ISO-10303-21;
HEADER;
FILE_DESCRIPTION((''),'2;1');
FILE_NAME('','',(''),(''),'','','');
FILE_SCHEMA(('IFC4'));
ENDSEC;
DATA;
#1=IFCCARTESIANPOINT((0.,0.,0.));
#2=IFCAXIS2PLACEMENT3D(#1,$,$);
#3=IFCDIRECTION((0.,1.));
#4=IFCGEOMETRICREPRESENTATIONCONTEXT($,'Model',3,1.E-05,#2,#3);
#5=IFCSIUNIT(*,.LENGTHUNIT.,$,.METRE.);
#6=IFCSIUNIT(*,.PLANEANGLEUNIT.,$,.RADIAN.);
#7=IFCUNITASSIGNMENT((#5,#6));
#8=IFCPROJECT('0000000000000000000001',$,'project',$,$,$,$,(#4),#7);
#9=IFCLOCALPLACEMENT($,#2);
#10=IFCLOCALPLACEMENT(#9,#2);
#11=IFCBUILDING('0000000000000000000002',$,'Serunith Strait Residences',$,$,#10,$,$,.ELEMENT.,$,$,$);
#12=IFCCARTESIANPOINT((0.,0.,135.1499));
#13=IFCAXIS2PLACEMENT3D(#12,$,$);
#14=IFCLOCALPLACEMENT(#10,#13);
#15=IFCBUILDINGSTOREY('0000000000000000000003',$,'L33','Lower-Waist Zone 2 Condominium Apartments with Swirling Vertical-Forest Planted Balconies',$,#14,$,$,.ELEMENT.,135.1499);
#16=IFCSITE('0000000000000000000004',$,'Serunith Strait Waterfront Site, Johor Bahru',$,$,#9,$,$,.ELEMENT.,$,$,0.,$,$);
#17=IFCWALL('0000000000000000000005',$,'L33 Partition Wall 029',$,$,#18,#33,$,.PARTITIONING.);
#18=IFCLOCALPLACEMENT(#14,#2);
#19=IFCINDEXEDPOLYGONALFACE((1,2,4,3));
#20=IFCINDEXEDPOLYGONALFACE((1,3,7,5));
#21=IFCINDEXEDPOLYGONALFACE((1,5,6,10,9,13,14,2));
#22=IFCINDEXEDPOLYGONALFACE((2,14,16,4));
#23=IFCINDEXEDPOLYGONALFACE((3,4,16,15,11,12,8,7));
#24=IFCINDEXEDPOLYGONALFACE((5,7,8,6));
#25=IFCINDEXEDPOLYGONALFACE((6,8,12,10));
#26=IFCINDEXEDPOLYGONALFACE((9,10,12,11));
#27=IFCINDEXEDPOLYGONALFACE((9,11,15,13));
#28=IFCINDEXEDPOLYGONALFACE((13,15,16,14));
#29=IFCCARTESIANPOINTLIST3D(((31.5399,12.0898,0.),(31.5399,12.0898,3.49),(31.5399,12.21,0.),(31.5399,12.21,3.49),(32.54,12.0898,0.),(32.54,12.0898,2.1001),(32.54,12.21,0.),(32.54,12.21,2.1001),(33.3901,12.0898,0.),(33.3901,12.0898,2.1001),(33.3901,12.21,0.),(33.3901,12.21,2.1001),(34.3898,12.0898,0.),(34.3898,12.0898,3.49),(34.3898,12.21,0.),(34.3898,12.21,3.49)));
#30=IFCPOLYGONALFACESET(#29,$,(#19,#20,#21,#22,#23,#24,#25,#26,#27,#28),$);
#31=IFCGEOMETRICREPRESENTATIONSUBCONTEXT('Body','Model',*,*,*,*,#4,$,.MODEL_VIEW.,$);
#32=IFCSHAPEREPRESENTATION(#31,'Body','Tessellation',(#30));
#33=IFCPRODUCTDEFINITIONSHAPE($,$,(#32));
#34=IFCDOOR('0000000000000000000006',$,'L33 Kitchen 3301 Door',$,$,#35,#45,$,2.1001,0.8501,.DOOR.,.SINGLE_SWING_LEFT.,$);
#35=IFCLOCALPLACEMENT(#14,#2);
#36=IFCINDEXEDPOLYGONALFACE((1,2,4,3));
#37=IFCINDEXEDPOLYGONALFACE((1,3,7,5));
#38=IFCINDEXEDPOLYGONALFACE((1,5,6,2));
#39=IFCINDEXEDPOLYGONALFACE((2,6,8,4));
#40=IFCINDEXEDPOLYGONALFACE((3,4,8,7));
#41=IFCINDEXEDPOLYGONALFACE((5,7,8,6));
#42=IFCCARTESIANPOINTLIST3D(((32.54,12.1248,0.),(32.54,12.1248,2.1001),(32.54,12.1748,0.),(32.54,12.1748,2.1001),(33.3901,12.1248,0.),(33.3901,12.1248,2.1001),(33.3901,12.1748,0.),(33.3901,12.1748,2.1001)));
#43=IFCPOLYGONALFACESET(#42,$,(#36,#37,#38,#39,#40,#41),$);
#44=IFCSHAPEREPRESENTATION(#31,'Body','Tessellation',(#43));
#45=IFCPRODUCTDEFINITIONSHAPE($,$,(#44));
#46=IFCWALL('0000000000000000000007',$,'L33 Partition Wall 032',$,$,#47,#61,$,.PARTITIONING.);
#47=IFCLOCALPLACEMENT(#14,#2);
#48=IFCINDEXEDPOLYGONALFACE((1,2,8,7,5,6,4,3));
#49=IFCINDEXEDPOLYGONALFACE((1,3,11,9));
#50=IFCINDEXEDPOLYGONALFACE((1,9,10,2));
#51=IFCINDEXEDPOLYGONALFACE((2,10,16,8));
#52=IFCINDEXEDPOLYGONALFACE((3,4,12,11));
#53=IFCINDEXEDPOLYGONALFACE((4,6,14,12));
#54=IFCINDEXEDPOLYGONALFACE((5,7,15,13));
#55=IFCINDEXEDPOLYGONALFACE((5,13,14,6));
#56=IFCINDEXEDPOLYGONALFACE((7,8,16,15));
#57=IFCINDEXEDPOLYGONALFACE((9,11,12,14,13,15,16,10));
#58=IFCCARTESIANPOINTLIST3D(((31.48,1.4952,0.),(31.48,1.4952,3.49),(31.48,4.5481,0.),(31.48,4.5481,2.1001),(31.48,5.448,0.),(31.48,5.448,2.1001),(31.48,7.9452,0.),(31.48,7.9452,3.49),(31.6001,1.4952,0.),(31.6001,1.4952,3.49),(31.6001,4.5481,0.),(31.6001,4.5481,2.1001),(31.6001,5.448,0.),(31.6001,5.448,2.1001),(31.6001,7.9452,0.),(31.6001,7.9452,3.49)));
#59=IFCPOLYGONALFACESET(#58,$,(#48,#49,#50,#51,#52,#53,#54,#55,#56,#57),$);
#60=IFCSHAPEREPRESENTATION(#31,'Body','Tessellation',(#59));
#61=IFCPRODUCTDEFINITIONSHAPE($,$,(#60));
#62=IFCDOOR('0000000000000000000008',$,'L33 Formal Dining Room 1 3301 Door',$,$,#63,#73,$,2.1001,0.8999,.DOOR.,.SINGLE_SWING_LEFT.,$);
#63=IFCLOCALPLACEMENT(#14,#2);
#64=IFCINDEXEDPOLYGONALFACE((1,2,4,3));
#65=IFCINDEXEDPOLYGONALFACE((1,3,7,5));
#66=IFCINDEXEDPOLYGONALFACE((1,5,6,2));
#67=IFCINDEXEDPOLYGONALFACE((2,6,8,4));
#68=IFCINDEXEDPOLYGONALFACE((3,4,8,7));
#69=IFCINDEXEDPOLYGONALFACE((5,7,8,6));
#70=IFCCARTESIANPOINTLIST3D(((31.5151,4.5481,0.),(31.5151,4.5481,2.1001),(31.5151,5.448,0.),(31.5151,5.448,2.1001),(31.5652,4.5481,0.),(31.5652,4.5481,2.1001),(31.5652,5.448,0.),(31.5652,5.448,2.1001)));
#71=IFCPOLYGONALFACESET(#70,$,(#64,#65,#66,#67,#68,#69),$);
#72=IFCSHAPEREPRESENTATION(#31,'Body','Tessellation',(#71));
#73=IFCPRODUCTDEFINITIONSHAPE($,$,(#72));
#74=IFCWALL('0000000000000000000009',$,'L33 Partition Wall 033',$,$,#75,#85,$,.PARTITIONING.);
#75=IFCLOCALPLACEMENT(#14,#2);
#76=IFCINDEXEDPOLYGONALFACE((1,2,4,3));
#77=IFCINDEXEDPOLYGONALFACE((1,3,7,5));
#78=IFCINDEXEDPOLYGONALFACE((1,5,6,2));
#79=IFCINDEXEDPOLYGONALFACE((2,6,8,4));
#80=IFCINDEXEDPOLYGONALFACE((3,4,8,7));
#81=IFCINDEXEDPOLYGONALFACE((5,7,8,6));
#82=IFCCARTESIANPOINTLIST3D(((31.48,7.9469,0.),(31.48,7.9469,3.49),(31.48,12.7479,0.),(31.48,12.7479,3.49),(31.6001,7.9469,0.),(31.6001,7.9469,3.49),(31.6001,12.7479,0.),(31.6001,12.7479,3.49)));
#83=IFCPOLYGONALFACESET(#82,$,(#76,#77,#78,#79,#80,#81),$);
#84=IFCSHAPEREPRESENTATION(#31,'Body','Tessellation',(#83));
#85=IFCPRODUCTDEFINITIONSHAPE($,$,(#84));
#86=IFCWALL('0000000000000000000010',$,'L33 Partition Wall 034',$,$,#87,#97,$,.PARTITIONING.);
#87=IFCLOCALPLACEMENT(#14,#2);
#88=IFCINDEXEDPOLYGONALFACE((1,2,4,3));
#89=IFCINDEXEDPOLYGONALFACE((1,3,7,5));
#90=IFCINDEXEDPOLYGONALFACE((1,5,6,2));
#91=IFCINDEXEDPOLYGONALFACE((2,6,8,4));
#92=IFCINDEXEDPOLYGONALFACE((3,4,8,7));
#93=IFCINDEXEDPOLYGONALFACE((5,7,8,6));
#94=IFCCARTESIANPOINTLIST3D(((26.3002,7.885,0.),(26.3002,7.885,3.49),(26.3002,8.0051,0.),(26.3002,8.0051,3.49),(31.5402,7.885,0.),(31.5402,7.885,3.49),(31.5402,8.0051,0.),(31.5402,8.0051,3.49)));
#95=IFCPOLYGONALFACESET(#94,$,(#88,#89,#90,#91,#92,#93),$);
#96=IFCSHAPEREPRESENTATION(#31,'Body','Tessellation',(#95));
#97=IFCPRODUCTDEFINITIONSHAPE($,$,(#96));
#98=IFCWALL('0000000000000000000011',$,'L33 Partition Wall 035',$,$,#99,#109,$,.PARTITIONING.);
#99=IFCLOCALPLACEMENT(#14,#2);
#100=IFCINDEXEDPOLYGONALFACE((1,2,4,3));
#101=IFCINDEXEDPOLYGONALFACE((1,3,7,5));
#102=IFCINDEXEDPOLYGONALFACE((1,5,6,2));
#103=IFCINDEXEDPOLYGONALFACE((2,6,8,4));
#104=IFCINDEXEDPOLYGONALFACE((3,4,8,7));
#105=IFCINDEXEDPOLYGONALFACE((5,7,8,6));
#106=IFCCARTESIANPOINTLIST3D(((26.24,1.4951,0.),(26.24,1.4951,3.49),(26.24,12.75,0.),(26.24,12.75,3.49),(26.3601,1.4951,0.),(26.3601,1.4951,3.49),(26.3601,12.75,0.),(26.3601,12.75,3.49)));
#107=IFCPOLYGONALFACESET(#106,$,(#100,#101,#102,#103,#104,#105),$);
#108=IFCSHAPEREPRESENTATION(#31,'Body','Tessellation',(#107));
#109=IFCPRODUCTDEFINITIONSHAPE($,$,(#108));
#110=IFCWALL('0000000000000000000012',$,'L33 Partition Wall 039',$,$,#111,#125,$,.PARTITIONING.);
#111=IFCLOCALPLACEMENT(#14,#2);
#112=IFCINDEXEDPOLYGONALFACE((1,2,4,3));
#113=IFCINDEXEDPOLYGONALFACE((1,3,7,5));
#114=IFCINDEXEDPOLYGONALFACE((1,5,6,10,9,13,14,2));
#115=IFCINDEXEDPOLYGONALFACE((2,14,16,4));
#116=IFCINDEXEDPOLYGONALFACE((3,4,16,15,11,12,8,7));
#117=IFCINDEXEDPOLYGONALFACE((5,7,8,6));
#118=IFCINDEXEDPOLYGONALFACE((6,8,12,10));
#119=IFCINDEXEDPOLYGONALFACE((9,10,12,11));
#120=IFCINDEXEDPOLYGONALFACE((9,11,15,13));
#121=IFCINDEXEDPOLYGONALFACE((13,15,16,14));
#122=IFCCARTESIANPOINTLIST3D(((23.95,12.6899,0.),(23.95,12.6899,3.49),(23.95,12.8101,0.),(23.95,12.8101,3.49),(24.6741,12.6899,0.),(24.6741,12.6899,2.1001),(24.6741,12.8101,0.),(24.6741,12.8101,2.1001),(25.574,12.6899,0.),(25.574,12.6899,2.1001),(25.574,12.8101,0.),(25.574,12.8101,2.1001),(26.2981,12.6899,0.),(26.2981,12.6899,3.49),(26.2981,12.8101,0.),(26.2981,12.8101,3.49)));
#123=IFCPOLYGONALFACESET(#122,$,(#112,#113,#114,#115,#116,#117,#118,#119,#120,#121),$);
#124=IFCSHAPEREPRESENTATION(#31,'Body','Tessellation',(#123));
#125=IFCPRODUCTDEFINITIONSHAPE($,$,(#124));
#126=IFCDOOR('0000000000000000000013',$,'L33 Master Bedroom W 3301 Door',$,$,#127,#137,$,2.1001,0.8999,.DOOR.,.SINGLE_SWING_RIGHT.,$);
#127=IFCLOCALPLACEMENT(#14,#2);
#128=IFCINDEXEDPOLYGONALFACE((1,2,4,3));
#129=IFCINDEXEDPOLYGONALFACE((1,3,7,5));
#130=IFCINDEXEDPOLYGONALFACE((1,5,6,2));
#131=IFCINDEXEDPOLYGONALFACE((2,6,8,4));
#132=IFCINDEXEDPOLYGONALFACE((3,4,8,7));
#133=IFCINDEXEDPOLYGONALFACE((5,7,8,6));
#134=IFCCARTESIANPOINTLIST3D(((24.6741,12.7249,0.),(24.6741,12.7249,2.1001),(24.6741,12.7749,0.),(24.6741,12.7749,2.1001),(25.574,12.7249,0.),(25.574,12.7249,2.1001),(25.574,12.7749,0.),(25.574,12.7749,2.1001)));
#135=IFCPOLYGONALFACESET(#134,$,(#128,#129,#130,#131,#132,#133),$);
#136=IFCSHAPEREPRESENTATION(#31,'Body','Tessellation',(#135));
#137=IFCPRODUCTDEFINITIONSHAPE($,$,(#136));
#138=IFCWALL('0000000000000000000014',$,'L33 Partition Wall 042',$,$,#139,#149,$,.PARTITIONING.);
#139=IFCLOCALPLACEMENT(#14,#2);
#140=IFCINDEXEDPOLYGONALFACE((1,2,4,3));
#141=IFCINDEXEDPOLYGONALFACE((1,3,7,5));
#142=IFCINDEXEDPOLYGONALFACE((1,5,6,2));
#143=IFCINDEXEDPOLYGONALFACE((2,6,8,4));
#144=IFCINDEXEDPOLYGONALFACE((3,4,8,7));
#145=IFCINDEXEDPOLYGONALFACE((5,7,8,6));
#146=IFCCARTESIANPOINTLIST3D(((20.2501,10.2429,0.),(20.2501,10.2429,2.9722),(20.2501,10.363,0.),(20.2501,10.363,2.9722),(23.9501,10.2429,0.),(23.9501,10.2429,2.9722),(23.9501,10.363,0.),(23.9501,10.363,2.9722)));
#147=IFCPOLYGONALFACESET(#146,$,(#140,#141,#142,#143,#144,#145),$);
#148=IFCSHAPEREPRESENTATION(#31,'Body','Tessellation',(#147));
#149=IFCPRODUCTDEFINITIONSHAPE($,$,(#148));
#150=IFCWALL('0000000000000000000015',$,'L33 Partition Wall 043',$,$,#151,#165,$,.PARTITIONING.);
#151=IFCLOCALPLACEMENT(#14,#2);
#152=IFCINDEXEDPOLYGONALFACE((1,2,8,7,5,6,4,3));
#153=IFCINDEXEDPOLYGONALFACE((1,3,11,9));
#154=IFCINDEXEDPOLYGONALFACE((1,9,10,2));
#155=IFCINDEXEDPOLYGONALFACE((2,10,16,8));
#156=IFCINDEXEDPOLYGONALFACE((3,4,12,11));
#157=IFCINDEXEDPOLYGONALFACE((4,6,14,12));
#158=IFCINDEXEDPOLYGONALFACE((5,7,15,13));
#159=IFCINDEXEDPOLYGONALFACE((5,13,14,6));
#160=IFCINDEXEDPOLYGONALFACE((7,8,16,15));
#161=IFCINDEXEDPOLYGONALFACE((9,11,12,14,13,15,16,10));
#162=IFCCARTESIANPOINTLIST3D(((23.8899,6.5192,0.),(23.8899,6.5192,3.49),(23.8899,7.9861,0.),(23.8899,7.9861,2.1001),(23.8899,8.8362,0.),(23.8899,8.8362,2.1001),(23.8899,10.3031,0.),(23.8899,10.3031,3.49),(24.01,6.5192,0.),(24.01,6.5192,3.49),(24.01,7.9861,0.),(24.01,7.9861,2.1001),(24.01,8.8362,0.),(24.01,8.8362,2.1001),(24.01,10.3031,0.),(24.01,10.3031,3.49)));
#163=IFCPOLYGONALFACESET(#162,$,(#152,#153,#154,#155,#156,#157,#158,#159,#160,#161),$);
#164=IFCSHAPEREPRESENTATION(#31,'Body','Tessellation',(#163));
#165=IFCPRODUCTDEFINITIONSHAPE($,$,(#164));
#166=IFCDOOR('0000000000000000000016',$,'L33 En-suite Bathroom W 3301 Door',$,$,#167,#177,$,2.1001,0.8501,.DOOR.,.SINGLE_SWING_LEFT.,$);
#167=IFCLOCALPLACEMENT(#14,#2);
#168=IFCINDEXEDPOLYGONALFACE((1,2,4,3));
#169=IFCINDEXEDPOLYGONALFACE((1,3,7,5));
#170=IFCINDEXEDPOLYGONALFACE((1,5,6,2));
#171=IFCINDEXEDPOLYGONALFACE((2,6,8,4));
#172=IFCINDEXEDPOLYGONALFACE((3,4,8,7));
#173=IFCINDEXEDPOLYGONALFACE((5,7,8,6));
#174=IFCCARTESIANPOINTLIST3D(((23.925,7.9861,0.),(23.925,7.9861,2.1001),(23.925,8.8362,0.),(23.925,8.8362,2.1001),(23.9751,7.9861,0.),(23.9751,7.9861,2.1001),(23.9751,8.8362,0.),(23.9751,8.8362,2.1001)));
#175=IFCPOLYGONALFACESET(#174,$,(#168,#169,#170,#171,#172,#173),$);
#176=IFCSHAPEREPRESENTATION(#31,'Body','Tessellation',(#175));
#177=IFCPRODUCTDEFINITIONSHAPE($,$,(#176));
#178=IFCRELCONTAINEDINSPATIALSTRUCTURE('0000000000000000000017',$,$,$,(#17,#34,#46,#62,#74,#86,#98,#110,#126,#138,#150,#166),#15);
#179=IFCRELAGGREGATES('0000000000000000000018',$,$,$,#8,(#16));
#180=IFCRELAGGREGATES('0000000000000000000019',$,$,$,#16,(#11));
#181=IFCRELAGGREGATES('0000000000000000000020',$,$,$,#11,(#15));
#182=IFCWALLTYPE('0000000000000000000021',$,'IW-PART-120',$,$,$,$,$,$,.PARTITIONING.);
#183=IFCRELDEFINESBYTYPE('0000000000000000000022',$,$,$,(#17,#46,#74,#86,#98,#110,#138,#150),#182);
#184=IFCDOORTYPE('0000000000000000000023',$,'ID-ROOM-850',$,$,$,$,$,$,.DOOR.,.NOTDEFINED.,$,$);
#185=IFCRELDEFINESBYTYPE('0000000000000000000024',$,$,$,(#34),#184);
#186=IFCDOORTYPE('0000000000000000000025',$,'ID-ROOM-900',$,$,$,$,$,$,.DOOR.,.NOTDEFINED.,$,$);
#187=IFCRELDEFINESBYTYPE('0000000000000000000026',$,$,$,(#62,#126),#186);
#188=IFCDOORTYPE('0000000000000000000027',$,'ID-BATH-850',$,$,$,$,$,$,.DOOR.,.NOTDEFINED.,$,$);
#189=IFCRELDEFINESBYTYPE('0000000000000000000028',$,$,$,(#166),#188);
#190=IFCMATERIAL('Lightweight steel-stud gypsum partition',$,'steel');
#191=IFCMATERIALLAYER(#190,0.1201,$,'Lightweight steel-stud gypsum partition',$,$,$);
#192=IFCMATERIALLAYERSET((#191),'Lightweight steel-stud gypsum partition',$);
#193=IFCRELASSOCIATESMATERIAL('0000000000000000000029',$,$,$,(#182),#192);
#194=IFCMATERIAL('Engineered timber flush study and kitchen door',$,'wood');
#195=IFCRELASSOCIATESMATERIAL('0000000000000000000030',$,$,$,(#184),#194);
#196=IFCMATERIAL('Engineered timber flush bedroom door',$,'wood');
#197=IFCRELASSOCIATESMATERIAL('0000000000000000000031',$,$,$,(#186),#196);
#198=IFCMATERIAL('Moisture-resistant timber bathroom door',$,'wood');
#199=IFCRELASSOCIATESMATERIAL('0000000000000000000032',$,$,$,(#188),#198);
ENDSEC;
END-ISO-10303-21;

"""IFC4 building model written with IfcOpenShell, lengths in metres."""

from ifc_helpers import new_model, si_unit, direction, frame, frame_2d, origin, place, context, subcontext, project, spatial, rectangle, extrude, source, transform, mapped, material, layer, layer_set, type_object, element, fill, save


model = new_model("IFC4")

# Units and contexts
model_context = context("Model", 3, precision=1e-05, world=origin(), true_north=direction((0.0, 1.0)))
body_context = subcontext(model_context, "Body", "Model", "MODEL_VIEW")
ifc_project = project(units=[si_unit("LENGTHUNIT", "METRE"), si_unit("PLANEANGLEUNIT", "RADIAN")], contexts=[model_context])

# Site, building, storey
site_placement = place(None, origin())
site = spatial("IfcSite", under=ifc_project, at=site_placement, Name="Serunith Strait Waterfront Site, Johor Bahru", CompositionType="ELEMENT", RefElevation=0.0)
building_placement = place(site_placement, origin())
building = spatial("IfcBuilding", under=site, at=building_placement, Name="Serunith Strait Residences", CompositionType="ELEMENT")
storey_placement = place(building_placement, frame((0.0, 0.0, 135.1499)))
storey = spatial("IfcBuildingStorey", under=building, at=storey_placement, Name="L33", Description="Lower-Waist Zone 2 Condominium Apartments with Swirling Vertical-Forest Planted Balconies", CompositionType="ELEMENT", Elevation=135.1499)

# Walls, openings, doors
ifc_material_1 = material(Name="Lightweight steel-stud gypsum partition", Category="steel")
ifc_layer_1 = layer(ifc_material_1, 0.1201, Name="Lightweight steel-stud gypsum partition")
ifc_layer_set_1 = layer_set([ifc_layer_1], Name="Lightweight steel-stud gypsum partition")
wall_type = type_object("IfcWallType", Name="IW-PART-120", PredefinedType="PARTITIONING", material=ifc_layer_set_1)
wall_1_placement = place(storey_placement, frame((31.54, 12.1499, 0.0), z_axis=(0.0, 0.0, 1.0), x_axis=(1.0, 0.0, 0.0)))
wall_1 = element("IfcWall", 1, at=wall_1_placement, inside=storey, type_object=wall_type, Name="L33 Partition Wall 029", PredefinedType="PARTITIONING", context=body_context, shape_type="SweptSolid", body=[
    extrude(rectangle(XDim=2.8499, YDim=0.1201, at=frame_2d((1.4248, 0.0))), origin(), (0.0, 0.0, 1.0), 3.49),
])
opening_1_placement = place(wall_1_placement, frame((1.0, 0.0, 0.0)))
opening_1 = element("IfcOpeningElement", 2, at=opening_1_placement, cuts=wall_1, PredefinedType="OPENING", context=body_context, shape_type="SweptSolid", body=[
    extrude(rectangle(XDim=0.8501, YDim=2.1001, at=frame_2d((0.425, 1.05))), frame((0.0, 0.0701, 0.0), z_axis=(0.0, -1.0, 0.0), x_axis=(1.0, 0.0, 0.0)), (0.0, 0.0, 1.0), 0.1401),
])
ifc_material_2 = material(Name="Engineered timber flush study and kitchen door", Category="wood")
door_type_1 = type_object("IfcDoorType", Name="ID-ROOM-850", OperationType="NOTDEFINED", PredefinedType="DOOR", material=ifc_material_2)
shared_shape_1 = source(origin(), body_context, "Body", "SweptSolid", [
    extrude(rectangle(XDim=0.8501, YDim=2.1001, at=frame_2d((0.425, 1.05))), frame((0.0, 0.0249, 0.0), z_axis=(0.0, -1.0, 0.0), x_axis=(1.0, 0.0, 0.0)), (0.0, 0.0, 1.0), 0.05),
])
door_1_placement = place(opening_1_placement, origin())
door_1 = element("IfcDoor", 3, at=door_1_placement, inside=storey, type_object=door_type_1, Name="L33 Kitchen 3301 Door", OperationType="SINGLE_SWING_LEFT", OverallHeight=2.1001, OverallWidth=0.8501, PredefinedType="DOOR", context=body_context, shape_type="MappedRepresentation", body=[
    mapped(shared_shape_1, transform((0.0, 0.0, 0.0), scale=1.0)),
])
fill(opening_1, door_1)
wall_2_placement = place(storey_placement, frame((31.54, 1.4951, 0.0), z_axis=(0.0, 0.0, 1.0), x_axis=(0.0, 1.0, 0.0)))
wall_2 = element("IfcWall", 4, at=wall_2_placement, inside=storey, type_object=wall_type, Name="L33 Partition Wall 032", PredefinedType="PARTITIONING", context=body_context, shape_type="SweptSolid", body=[
    extrude(rectangle(XDim=6.45, YDim=0.1201, at=frame_2d((3.2251, 0.0))), origin(), (0.0, 0.0, 1.0), 3.49),
])
opening_2_placement = place(wall_2_placement, frame((3.053, 0.0, 0.0)))
opening_2 = element("IfcOpeningElement", 5, at=opening_2_placement, cuts=wall_2, PredefinedType="OPENING", context=body_context, shape_type="SweptSolid", body=[
    extrude(rectangle(XDim=0.8999, YDim=2.1001, at=frame_2d((0.45, 1.05))), frame((0.0, 0.0701, 0.0), z_axis=(0.0, -1.0, 0.0), x_axis=(1.0, 0.0, 0.0)), (0.0, 0.0, 1.0), 0.1401),
])
ifc_material_3 = material(Name="Engineered timber flush bedroom door", Category="wood")
door_type_2 = type_object("IfcDoorType", Name="ID-ROOM-900", OperationType="NOTDEFINED", PredefinedType="DOOR", material=ifc_material_3)
shared_shape_2 = source(origin(), body_context, "Body", "SweptSolid", [
    extrude(rectangle(XDim=0.8999, YDim=2.1001, at=frame_2d((0.45, 1.05))), frame((0.0, 0.0249, 0.0), z_axis=(0.0, -1.0, 0.0), x_axis=(1.0, 0.0, 0.0)), (0.0, 0.0, 1.0), 0.05),
])
door_2_placement = place(opening_2_placement, origin())
door_2 = element("IfcDoor", 6, at=door_2_placement, inside=storey, type_object=door_type_2, Name="L33 Formal Dining Room 1 3301 Door", OperationType="SINGLE_SWING_LEFT", OverallHeight=2.1001, OverallWidth=0.8999, PredefinedType="DOOR", context=body_context, shape_type="MappedRepresentation", body=[
    mapped(shared_shape_2, transform((0.0, 0.0, 0.0), scale=1.0)),
])
fill(opening_2, door_2)

# Walls
wall_3_placement = place(storey_placement, frame((31.54, 7.947, 0.0), z_axis=(0.0, 0.0, 1.0), x_axis=(0.0, 1.0, 0.0)))
element("IfcWall", 7, at=wall_3_placement, inside=storey, type_object=wall_type, Name="L33 Partition Wall 033", PredefinedType="PARTITIONING", context=body_context, shape_type="SweptSolid", body=[
    extrude(rectangle(XDim=4.801, YDim=0.1201, at=frame_2d((2.4004, 0.0))), origin(), (0.0, 0.0, 1.0), 3.49),
])
wall_4_placement = place(storey_placement, frame((26.3, 7.9451, 0.0), z_axis=(0.0, 0.0, 1.0), x_axis=(1.0, 0.0, 0.0)))
element("IfcWall", 8, at=wall_4_placement, inside=storey, type_object=wall_type, Name="L33 Partition Wall 034", PredefinedType="PARTITIONING", context=body_context, shape_type="SweptSolid", body=[
    extrude(rectangle(XDim=5.24, YDim=0.1201, at=frame_2d((2.6201, 0.0))), origin(), (0.0, 0.0, 1.0), 3.49),
])
wall_5_placement = place(storey_placement, frame((26.3, 1.4951, 0.0), z_axis=(0.0, 0.0, 1.0), x_axis=(0.0, 1.0, 0.0)))
element("IfcWall", 9, at=wall_5_placement, inside=storey, type_object=wall_type, Name="L33 Partition Wall 035", PredefinedType="PARTITIONING", context=body_context, shape_type="SweptSolid", body=[
    extrude(rectangle(XDim=11.2549, YDim=0.1201, at=frame_2d((5.6274, 0.0))), origin(), (0.0, 0.0, 1.0), 3.49),
])

# Wall, opening, door
wall_6_placement = place(storey_placement, frame((23.95, 12.75, 0.0), z_axis=(0.0, 0.0, 1.0), x_axis=(1.0, 0.0, 0.0)))
wall_6 = element("IfcWall", 10, at=wall_6_placement, inside=storey, type_object=wall_type, Name="L33 Partition Wall 039", PredefinedType="PARTITIONING", context=body_context, shape_type="SweptSolid", body=[
    extrude(rectangle(XDim=2.3481, YDim=0.1201, at=frame_2d((1.1741, 0.0))), origin(), (0.0, 0.0, 1.0), 3.49),
])
opening_3_placement = place(wall_6_placement, frame((0.7241, 0.0, 0.0)))
opening_3 = element("IfcOpeningElement", 11, at=opening_3_placement, cuts=wall_6, PredefinedType="OPENING", context=body_context, shape_type="SweptSolid", body=[
    extrude(rectangle(XDim=0.8999, YDim=2.1001, at=frame_2d((0.45, 1.05))), frame((0.0, 0.0701, 0.0), z_axis=(0.0, -1.0, 0.0), x_axis=(1.0, 0.0, 0.0)), (0.0, 0.0, 1.0), 0.1401),
])
door_3_placement = place(opening_3_placement, origin())
door_3 = element("IfcDoor", 12, at=door_3_placement, inside=storey, type_object=door_type_2, Name="L33 Master Bedroom W 3301 Door", OperationType="SINGLE_SWING_RIGHT", OverallHeight=2.1001, OverallWidth=0.8999, PredefinedType="DOOR", context=body_context, shape_type="MappedRepresentation", body=[
    mapped(shared_shape_2, transform((0.0, 0.0, 0.0), scale=1.0)),
])
fill(opening_3, door_3)

# Wall
wall_7_placement = place(storey_placement, frame((20.25, 10.303, 0.0), z_axis=(0.0, 0.0, 1.0), x_axis=(1.0, 0.0, 0.0)))
element("IfcWall", 13, at=wall_7_placement, inside=storey, type_object=wall_type, Name="L33 Partition Wall 042", PredefinedType="PARTITIONING", context=body_context, shape_type="SweptSolid", body=[
    extrude(rectangle(XDim=3.7, YDim=0.1201, at=frame_2d((1.8501, 0.0))), origin(), (0.0, 0.0, 1.0), 2.9722),
])

# Wall, opening, door
wall_8_placement = place(storey_placement, frame((23.95, 6.519, 0.0), z_axis=(0.0, 0.0, 1.0), x_axis=(0.0, 1.0, 0.0)))
wall_8 = element("IfcWall", 14, at=wall_8_placement, inside=storey, type_object=wall_type, Name="L33 Partition Wall 043", PredefinedType="PARTITIONING", context=body_context, shape_type="SweptSolid", body=[
    extrude(rectangle(XDim=3.7839, YDim=0.1201, at=frame_2d((1.8921, 0.0))), origin(), (0.0, 0.0, 1.0), 3.49),
])
opening_4_placement = place(wall_8_placement, frame((1.467, 0.0, 0.0)))
opening_4 = element("IfcOpeningElement", 15, at=opening_4_placement, cuts=wall_8, PredefinedType="OPENING", context=body_context, shape_type="SweptSolid", body=[
    extrude(rectangle(XDim=0.8501, YDim=2.1001, at=frame_2d((0.425, 1.05))), frame((0.0, 0.0701, 0.0), z_axis=(0.0, -1.0, 0.0), x_axis=(1.0, 0.0, 0.0)), (0.0, 0.0, 1.0), 0.1401),
])
ifc_material_4 = material(Name="Moisture-resistant timber bathroom door", Category="wood")
door_type_3 = type_object("IfcDoorType", Name="ID-BATH-850", OperationType="NOTDEFINED", PredefinedType="DOOR", material=ifc_material_4)
door_4_placement = place(opening_4_placement, origin())
door_4 = element("IfcDoor", 16, at=door_4_placement, inside=storey, type_object=door_type_3, Name="L33 En-suite Bathroom W 3301 Door", OperationType="SINGLE_SWING_LEFT", OverallHeight=2.1001, OverallWidth=0.8501, PredefinedType="DOOR", context=body_context, shape_type="MappedRepresentation", body=[
    mapped(shared_shape_1, transform((0.0, 0.0, 0.0), scale=1.0)),
])
fill(opening_4, door_4)

save(model, "model.ifc")
